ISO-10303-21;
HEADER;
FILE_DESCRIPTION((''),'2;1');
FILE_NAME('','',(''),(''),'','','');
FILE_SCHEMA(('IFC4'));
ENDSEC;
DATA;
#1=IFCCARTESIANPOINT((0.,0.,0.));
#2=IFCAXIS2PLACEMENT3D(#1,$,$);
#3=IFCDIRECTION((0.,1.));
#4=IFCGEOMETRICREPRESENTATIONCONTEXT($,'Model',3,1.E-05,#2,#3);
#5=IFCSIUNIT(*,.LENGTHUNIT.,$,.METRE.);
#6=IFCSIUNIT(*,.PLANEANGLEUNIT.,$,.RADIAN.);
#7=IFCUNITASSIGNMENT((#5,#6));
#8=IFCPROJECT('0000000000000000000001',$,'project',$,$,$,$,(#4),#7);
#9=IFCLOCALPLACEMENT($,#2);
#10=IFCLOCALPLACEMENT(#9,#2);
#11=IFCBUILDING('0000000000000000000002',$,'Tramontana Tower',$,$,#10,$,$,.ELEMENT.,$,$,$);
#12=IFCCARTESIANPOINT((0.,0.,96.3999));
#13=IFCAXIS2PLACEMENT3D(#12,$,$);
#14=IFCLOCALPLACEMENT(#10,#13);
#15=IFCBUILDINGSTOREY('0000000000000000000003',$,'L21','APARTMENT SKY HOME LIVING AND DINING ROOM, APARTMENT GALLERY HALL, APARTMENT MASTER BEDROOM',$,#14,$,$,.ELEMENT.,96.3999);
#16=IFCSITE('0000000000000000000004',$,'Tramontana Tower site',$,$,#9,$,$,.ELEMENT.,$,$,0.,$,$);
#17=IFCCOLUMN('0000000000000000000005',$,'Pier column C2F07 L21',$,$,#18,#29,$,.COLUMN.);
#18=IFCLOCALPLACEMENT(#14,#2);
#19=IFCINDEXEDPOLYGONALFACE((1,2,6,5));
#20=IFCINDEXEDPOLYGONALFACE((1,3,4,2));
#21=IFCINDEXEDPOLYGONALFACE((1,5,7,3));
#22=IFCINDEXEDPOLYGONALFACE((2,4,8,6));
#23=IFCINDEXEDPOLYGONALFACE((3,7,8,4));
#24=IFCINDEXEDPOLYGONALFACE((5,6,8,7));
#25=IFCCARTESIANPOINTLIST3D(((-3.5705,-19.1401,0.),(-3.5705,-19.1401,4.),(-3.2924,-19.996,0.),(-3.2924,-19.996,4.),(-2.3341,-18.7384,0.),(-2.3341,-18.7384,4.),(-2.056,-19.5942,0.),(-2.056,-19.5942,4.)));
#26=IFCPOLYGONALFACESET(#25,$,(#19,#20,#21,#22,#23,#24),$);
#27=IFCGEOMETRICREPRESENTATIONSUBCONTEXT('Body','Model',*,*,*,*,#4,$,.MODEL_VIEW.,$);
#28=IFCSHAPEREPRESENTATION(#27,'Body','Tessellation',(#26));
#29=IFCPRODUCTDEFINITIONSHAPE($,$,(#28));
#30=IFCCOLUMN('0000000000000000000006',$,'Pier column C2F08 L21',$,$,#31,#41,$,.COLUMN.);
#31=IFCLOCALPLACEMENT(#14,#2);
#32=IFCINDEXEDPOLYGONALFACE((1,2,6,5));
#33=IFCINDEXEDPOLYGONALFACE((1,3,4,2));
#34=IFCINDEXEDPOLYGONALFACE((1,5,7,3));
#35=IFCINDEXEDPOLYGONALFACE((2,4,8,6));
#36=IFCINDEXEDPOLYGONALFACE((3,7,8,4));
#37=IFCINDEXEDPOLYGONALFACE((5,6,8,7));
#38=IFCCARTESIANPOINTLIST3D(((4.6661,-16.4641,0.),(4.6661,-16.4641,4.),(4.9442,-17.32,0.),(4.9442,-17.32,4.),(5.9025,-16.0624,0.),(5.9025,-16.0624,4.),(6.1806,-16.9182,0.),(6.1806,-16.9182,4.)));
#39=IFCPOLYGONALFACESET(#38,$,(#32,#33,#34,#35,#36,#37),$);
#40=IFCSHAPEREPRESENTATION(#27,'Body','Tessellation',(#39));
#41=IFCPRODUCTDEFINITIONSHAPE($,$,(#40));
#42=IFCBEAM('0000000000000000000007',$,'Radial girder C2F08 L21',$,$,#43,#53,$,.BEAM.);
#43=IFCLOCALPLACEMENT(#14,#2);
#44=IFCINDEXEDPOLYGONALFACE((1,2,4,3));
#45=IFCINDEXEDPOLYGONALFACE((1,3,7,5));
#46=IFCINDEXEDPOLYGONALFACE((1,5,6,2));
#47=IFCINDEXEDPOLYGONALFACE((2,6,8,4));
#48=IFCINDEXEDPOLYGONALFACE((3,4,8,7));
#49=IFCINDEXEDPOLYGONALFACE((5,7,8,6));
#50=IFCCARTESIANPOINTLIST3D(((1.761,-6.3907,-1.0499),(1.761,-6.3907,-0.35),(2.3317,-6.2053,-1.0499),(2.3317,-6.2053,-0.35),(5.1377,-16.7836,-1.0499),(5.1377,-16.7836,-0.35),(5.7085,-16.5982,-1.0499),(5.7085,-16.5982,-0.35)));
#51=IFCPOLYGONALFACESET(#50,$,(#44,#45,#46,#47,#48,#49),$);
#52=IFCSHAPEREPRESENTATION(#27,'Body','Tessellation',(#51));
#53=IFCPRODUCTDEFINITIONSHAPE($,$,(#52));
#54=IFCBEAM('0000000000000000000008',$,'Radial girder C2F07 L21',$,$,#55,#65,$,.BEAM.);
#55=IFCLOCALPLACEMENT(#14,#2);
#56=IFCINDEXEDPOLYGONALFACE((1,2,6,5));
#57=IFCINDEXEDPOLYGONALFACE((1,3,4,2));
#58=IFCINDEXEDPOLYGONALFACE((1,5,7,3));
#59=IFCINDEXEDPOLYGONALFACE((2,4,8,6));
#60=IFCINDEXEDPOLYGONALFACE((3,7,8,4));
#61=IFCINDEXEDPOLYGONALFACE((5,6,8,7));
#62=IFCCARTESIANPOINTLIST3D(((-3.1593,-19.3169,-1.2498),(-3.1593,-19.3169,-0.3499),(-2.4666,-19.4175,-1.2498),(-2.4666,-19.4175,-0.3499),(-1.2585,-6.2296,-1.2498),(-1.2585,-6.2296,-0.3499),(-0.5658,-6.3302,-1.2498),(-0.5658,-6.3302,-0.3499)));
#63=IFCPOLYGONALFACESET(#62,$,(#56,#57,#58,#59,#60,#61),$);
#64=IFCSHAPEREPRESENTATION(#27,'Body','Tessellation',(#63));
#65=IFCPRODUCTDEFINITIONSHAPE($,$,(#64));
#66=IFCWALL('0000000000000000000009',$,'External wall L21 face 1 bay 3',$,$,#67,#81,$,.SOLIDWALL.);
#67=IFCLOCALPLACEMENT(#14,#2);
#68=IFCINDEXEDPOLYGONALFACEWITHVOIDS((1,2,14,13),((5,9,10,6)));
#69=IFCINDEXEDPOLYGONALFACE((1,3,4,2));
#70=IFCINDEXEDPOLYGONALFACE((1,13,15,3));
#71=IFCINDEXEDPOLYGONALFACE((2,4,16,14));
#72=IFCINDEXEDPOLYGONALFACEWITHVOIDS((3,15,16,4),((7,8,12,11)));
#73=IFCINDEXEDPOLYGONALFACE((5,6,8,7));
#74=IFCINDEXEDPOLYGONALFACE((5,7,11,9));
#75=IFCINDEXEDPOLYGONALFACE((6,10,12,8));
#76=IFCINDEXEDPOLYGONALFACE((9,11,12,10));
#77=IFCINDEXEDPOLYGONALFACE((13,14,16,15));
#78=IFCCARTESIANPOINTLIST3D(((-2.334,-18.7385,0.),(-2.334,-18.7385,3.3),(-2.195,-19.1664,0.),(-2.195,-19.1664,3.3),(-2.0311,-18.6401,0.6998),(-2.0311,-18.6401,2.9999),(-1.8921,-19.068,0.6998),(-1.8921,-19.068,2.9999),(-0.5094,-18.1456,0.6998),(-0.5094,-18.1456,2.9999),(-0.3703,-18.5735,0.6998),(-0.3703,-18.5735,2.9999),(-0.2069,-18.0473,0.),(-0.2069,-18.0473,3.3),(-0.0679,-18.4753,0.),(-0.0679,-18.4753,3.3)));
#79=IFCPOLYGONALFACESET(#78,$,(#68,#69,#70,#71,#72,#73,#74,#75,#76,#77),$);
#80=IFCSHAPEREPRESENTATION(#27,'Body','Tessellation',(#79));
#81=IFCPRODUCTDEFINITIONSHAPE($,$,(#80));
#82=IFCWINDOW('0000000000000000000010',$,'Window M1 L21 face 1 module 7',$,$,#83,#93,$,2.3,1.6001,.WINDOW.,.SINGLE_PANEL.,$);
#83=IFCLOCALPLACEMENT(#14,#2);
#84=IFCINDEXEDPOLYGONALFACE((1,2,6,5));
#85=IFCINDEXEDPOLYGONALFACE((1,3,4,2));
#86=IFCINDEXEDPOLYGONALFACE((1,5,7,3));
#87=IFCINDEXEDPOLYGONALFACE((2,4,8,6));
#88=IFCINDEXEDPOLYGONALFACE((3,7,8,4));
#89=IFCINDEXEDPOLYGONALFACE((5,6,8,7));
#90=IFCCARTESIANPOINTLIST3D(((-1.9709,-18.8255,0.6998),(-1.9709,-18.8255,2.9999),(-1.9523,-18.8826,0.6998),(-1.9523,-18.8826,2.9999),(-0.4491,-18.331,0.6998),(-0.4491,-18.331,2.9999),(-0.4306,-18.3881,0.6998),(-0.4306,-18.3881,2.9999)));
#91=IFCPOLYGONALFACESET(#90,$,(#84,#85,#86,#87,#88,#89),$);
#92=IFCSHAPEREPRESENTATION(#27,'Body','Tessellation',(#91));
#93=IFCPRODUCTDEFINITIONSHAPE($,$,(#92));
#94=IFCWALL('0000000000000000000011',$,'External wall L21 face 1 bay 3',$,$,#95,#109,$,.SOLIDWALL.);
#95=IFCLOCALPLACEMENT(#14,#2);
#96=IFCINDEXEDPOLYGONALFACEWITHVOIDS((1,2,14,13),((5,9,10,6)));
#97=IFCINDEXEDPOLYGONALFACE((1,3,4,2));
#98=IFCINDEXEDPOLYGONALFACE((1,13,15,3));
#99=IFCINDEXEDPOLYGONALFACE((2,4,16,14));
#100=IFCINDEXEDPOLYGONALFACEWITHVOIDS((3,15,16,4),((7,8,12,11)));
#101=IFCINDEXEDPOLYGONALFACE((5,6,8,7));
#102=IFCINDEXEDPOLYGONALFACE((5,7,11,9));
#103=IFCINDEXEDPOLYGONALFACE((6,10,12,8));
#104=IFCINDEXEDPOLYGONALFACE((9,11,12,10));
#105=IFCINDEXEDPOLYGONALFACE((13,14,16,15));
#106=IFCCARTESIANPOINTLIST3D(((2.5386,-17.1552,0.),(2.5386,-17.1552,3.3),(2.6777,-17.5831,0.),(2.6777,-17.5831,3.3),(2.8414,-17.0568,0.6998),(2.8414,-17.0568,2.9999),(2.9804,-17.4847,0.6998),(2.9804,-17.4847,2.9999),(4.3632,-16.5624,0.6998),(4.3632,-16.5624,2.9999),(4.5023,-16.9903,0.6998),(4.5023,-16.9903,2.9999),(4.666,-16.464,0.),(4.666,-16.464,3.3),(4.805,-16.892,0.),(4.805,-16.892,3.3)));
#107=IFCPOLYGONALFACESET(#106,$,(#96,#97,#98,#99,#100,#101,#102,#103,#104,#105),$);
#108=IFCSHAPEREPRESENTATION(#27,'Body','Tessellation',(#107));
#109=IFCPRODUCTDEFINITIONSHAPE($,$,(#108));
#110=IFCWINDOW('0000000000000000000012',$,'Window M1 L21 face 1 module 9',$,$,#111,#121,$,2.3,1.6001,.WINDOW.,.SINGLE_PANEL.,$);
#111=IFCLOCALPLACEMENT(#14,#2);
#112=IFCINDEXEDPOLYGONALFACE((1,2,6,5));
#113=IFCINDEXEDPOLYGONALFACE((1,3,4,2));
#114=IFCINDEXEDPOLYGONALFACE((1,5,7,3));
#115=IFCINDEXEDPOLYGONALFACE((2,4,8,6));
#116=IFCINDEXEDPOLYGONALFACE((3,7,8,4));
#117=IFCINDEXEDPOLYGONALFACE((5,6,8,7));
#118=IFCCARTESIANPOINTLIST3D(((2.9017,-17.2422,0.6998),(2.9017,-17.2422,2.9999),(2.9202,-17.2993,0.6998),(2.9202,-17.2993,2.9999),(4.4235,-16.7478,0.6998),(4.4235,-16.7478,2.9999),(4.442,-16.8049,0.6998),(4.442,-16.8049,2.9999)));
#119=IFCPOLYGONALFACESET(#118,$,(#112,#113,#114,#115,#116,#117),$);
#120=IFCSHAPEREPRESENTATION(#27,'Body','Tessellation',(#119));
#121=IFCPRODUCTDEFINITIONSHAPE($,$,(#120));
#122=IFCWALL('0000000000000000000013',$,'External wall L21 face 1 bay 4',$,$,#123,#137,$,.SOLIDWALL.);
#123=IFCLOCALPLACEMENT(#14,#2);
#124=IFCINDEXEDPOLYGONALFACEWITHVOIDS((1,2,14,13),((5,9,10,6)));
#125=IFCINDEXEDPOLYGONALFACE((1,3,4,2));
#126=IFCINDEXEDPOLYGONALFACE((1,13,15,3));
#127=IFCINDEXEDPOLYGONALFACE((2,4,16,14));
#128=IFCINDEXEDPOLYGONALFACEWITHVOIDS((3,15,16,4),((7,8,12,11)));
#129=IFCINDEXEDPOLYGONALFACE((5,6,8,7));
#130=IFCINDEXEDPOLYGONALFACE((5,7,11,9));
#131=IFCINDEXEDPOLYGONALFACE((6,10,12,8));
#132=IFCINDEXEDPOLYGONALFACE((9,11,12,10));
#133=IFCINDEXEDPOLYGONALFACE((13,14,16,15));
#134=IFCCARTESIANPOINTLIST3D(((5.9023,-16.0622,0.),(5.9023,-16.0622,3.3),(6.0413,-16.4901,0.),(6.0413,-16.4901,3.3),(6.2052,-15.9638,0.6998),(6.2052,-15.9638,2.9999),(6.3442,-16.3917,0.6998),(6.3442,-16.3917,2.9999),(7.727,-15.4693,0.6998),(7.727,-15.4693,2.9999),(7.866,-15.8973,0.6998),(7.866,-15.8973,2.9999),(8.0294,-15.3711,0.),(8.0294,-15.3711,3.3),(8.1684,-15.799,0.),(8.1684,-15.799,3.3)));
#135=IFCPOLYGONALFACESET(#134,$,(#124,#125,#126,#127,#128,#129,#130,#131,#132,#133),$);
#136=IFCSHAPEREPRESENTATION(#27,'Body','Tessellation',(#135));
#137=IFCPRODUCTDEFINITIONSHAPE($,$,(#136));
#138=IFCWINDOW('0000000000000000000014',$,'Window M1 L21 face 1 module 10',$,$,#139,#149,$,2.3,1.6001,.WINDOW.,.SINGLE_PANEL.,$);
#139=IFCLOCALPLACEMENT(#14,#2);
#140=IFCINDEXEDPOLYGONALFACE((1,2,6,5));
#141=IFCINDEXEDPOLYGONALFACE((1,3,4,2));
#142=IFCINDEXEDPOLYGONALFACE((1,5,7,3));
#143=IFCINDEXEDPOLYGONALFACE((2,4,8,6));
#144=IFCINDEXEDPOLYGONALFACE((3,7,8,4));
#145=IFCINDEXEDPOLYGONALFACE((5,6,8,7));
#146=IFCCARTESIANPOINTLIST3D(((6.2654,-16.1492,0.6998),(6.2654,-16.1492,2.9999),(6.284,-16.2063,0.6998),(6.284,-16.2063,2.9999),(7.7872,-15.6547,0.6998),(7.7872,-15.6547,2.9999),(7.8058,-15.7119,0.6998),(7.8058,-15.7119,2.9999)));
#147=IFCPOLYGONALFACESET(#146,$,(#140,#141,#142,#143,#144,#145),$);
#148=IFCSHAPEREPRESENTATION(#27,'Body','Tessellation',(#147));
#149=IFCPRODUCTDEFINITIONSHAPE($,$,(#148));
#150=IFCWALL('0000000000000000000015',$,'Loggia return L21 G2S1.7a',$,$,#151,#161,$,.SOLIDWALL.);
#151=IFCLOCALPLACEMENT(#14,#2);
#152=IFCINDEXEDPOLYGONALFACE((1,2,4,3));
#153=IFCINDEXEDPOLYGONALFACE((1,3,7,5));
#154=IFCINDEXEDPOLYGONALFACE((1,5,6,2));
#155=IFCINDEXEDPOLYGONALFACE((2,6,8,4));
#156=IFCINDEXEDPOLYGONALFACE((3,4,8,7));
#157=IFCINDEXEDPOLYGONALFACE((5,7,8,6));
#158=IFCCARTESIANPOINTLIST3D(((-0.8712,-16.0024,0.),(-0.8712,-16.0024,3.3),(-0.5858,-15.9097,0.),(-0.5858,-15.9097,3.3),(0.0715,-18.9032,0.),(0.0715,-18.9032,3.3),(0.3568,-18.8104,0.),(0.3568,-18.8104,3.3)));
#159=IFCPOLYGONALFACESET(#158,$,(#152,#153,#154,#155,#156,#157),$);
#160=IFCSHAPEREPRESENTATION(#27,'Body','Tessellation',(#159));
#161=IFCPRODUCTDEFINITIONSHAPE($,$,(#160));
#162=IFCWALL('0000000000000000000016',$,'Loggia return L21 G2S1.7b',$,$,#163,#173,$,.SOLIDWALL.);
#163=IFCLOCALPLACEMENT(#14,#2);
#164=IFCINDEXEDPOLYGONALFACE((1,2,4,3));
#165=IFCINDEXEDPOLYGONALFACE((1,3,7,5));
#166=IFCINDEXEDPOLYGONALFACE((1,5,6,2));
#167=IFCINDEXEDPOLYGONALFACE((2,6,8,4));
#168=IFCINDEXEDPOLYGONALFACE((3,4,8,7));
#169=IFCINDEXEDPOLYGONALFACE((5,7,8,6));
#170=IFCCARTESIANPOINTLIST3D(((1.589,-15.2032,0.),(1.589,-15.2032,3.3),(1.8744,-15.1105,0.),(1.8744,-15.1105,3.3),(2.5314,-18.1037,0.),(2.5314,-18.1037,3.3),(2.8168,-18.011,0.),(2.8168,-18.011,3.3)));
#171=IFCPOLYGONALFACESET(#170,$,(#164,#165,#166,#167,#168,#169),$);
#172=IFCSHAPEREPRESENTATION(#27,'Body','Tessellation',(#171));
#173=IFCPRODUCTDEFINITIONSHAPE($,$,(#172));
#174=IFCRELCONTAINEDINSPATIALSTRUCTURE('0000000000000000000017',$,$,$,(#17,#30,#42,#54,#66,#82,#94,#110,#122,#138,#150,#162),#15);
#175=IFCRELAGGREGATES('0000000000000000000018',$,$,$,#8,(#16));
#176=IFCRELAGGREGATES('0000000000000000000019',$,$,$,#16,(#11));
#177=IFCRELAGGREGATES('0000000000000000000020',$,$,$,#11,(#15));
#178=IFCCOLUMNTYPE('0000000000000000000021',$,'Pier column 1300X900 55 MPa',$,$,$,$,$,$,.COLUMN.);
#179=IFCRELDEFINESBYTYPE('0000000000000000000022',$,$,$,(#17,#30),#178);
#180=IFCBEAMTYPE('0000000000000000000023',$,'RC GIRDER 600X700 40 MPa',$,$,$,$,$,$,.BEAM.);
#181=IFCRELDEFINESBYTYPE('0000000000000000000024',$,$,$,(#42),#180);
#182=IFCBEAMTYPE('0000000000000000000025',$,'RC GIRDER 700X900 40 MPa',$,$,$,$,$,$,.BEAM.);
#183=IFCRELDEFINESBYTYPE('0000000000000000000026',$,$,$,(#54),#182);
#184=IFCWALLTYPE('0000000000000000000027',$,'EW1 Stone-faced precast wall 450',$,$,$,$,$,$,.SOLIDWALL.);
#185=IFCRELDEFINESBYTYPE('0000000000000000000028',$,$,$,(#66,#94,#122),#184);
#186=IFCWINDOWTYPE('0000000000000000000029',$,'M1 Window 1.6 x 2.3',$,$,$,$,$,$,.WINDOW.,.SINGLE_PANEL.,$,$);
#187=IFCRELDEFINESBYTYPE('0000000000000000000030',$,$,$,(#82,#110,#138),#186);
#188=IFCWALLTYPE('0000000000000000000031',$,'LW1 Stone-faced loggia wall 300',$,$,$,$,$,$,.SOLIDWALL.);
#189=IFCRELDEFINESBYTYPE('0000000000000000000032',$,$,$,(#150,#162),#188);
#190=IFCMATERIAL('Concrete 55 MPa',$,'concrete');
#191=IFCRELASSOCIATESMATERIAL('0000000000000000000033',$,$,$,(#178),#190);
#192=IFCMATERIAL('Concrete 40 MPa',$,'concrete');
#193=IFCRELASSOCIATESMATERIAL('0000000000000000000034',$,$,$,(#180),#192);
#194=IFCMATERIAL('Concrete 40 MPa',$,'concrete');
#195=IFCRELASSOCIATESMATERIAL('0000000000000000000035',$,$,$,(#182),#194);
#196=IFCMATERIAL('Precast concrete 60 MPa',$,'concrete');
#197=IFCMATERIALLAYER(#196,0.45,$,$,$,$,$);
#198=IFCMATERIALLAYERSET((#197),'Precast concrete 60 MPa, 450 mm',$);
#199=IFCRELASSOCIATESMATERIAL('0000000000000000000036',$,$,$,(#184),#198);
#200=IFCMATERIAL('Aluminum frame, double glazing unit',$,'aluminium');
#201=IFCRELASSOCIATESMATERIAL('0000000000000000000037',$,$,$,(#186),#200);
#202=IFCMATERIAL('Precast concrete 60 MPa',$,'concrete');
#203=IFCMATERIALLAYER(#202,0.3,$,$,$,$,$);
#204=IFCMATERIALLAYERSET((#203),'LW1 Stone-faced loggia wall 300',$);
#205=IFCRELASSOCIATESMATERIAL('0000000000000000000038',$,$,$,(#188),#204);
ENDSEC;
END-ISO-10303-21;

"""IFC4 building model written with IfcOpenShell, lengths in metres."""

from ifc_helpers import new_model, si_unit, direction, frame, frame_2d, origin, origin_2d, place, context, subcontext, project, spatial, rectangle, extrude, material, layer, layer_set, material_profile, profile_set, type_object, element, fill, save


model = new_model("IFC4")

# Units and contexts
model_context = context("Model", 3, precision=1e-05, world=origin(), true_north=direction((0.0, 1.0)))
body_context = subcontext(model_context, "Body", "Model", "MODEL_VIEW")
ifc_project = project(units=[si_unit("LENGTHUNIT", "METRE"), si_unit("PLANEANGLEUNIT", "RADIAN")], contexts=[model_context])

# Site, building, storey
site_placement = place(None, origin())
site = spatial("IfcSite", under=ifc_project, at=site_placement, Name="Tramontana Tower site", CompositionType="ELEMENT", RefElevation=0.0)
building_placement = place(site_placement, origin())
building = spatial("IfcBuilding", under=site, at=building_placement, Name="Tramontana Tower", CompositionType="ELEMENT")
storey_placement = place(building_placement, frame((0.0, 0.0, 96.3999)))
storey = spatial("IfcBuildingStorey", under=building, at=storey_placement, Name="L21", Description="APARTMENT SKY HOME LIVING AND DINING ROOM, APARTMENT GALLERY HALL, APARTMENT MASTER BEDROOM", CompositionType="ELEMENT", Elevation=96.3999)

# Columns
ifc_material_1 = material(Name="Concrete 55 MPa", Category="concrete")
ifc_material_profile_1 = material_profile(ifc_material_1, rectangle(XDim=1.3, YDim=0.8999, at=origin_2d()), Name="Pier column 1300X900 55 MPa")
ifc_profile_set_1 = profile_set([ifc_material_profile_1], Name="Concrete 55 MPa")
column_type = type_object("IfcColumnType", Name="Pier column 1300X900 55 MPa", PredefinedType="COLUMN", material=ifc_profile_set_1)
for number, where, z_axis, x_axis, name in (
    (1, (-2.8132, -19.3672, 0.0), (0.0, 0.0, 1.0), (0.951057, 0.309017, 0.0), "Pier column C2F07 L21"),
    (2, (5.4233, -16.6912, 0.0), (0.0, 0.0, 1.0), (0.951057, 0.309017, 0.0), "Pier column C2F08 L21"),
):
    element("IfcColumn", number, at=place(storey_placement, frame(where, z_axis=z_axis, x_axis=x_axis)), inside=storey, type_object=column_type, Name=name, PredefinedType="COLUMN", context=body_context, shape_type="SweptSolid", body=[
        extrude(rectangle(XDim=1.3, YDim=0.8999, at=origin_2d()), origin(), (0.0, 0.0, 1.0), 4.0),
    ])

# Beams
ifc_material_2 = material(Name="Concrete 40 MPa", Category="concrete")
ifc_material_profile_2 = material_profile(ifc_material_2, rectangle(XDim=0.6001, YDim=0.7, at=origin_2d()), Name="RC GIRDER 600X700 40 MPa")
ifc_profile_set_2 = profile_set([ifc_material_profile_2], Name="Concrete 40 MPa")
beam_type_1 = type_object("IfcBeamType", Name="RC GIRDER 600X700 40 MPa", PredefinedType="BEAM", material=ifc_profile_set_2)
beam_1_placement = place(storey_placement, frame((5.4231, -16.6909, -0.7), z_axis=(-0.309007, 0.95106, 0.0), x_axis=(-0.95106, -0.309007, 0.0)))
element("IfcBeam", 3, at=beam_1_placement, inside=storey, type_object=beam_type_1, Name="Radial girder C2F08 L21", PredefinedType="BEAM", context=body_context, shape_type="SweptSolid", body=[
    extrude(rectangle(XDim=0.6001, YDim=0.7, at=origin_2d()), origin(), (0.0, 0.0, 1.0), 10.9277),
])
ifc_material_3 = material(Name="Concrete 40 MPa", Category="concrete")
ifc_material_profile_3 = material_profile(ifc_material_3, rectangle(XDim=0.7, YDim=0.8999, at=origin_2d()), Name="RC GIRDER 700X900 40 MPa")
ifc_profile_set_3 = profile_set([ifc_material_profile_3], Name="Concrete 40 MPa")
beam_type_2 = type_object("IfcBeamType", Name="RC GIRDER 700X900 40 MPa", PredefinedType="BEAM", material=ifc_profile_set_3)
beam_2_placement = place(storey_placement, frame((-2.813, -19.3672, -0.7998), z_axis=(0.143737, 0.989616, 0.0), x_axis=(-0.989616, 0.143737, 0.0)))
element("IfcBeam", 4, at=beam_2_placement, inside=storey, type_object=beam_type_2, Name="Radial girder C2F07 L21", PredefinedType="BEAM", context=body_context, shape_type="SweptSolid", body=[
    extrude(rectangle(XDim=0.7, YDim=0.8999, at=origin_2d()), origin(), (0.0, 0.0, 1.0), 13.2246),
])

# Walls, openings, windows
ifc_material_4 = material(Name="Precast concrete 60 MPa", Category="concrete")
ifc_layer_1 = layer(ifc_material_4, 0.45)
ifc_layer_set_1 = layer_set([ifc_layer_1], Name="Precast concrete 60 MPa, 450 mm")
wall_type_1 = type_object("IfcWallType", Name="EW1 Stone-faced precast wall 450", PredefinedType="SOLIDWALL", material=ifc_layer_set_1)
wall_1_placement = place(storey_placement, frame((-2.2644, -18.9524, 0.0), z_axis=(0.0, 0.0, 1.0), x_axis=(0.951057, 0.309014, 0.0)))
wall_1 = element("IfcWall", 5, at=wall_1_placement, inside=storey, type_object=wall_type_1, Name="External wall L21 face 1 bay 3", PredefinedType="SOLIDWALL", context=body_context, shape_type="SweptSolid", body=[
    extrude(rectangle(XDim=2.2366, YDim=0.45, at=frame_2d((1.1182, 0.0))), origin(), (0.0, 0.0, 1.0), 3.3),
])
opening_1_placement = place(wall_1_placement, frame((0.3184, 0.0, 0.7)))
opening_1 = element("IfcOpeningElement", 6, at=opening_1_placement, cuts=wall_1, PredefinedType="OPENING", context=body_context, shape_type="SweptSolid", body=[
    extrude(rectangle(XDim=1.6001, YDim=2.3, at=frame_2d((0.8, 1.1499))), frame((0.0, 0.2349, 0.0), z_axis=(0.0, -1.0, 0.0), x_axis=(1.0, 0.0, 0.0)), (0.0, 0.0, 1.0), 0.47),
])
ifc_material_5 = material(Name="Aluminum frame, double glazing unit", Category="aluminium")
window_type = type_object("IfcWindowType", Name="M1 Window 1.6 x 2.3", PartitioningType="SINGLE_PANEL", PredefinedType="WINDOW", material=ifc_material_5)
window_1_placement = place(opening_1_placement, origin())
window_1 = element("IfcWindow", 7, at=window_1_placement, inside=storey, type_object=window_type, Name="Window M1 L21 face 1 module 7", OverallHeight=2.3, OverallWidth=1.6001, PartitioningType="SINGLE_PANEL", PredefinedType="WINDOW", context=body_context, shape_type="SweptSolid", body=[
    extrude(rectangle(XDim=1.6001, YDim=2.3, at=frame_2d((0.8, 1.1499))), frame((0.0, 0.03, 0.0), z_axis=(0.0, -1.0, 0.0), x_axis=(1.0, 0.0, 0.0)), (0.0, 0.0, 1.0), 0.0601),
])
fill(opening_1, window_1)
wall_2_placement = place(storey_placement, frame((2.6082, -17.3691, 0.0), z_axis=(0.0, 0.0, 1.0), x_axis=(0.951068, 0.308982, 0.0)))
wall_2 = element("IfcWall", 8, at=wall_2_placement, inside=storey, type_object=wall_type_1, Name="External wall L21 face 1 bay 3", PredefinedType="SOLIDWALL", context=body_context, shape_type="SweptSolid", body=[
    extrude(rectangle(XDim=2.2368, YDim=0.45, at=frame_2d((1.1184, 0.0))), origin(), (0.0, 0.0, 1.0), 3.3),
])
opening_2_placement = place(wall_2_placement, frame((0.3184, 0.0, 0.7)))
opening_2 = element("IfcOpeningElement", 9, at=opening_2_placement, cuts=wall_2, PredefinedType="OPENING", context=body_context, shape_type="SweptSolid", body=[
    extrude(rectangle(XDim=1.6001, YDim=2.3, at=frame_2d((0.8, 1.1499))), frame((0.0, 0.2349, 0.0), z_axis=(0.0, -1.0, 0.0), x_axis=(1.0, 0.0, 0.0)), (0.0, 0.0, 1.0), 0.47),
])
window_2_placement = place(opening_2_placement, origin())
window_2 = element("IfcWindow", 10, at=window_2_placement, inside=storey, type_object=window_type, Name="Window M1 L21 face 1 module 9", OverallHeight=2.3, OverallWidth=1.6001, PartitioningType="SINGLE_PANEL", PredefinedType="WINDOW", context=body_context, shape_type="SweptSolid", body=[
    extrude(rectangle(XDim=1.6001, YDim=2.3, at=frame_2d((0.8, 1.1499))), frame((0.0, 0.03, 0.0), z_axis=(0.0, -1.0, 0.0), x_axis=(1.0, 0.0, 0.0)), (0.0, 0.0, 1.0), 0.0601),
])
fill(opening_2, window_2)
wall_3_placement = place(storey_placement, frame((5.9719, -16.2761, 0.0), z_axis=(0.0, 0.0, 1.0), x_axis=(0.951057, 0.309014, 0.0)))
wall_3 = element("IfcWall", 11, at=wall_3_placement, inside=storey, type_object=wall_type_1, Name="External wall L21 face 1 bay 4", PredefinedType="SOLIDWALL", context=body_context, shape_type="SweptSolid", body=[
    extrude(rectangle(XDim=2.2366, YDim=0.45, at=frame_2d((1.1182, 0.0))), origin(), (0.0, 0.0, 1.0), 3.3),
])
opening_3_placement = place(wall_3_placement, frame((0.3184, 0.0, 0.7)))
opening_3 = element("IfcOpeningElement", 12, at=opening_3_placement, cuts=wall_3, PredefinedType="OPENING", context=body_context, shape_type="SweptSolid", body=[
    extrude(rectangle(XDim=1.6001, YDim=2.3, at=frame_2d((0.8, 1.1499))), frame((0.0, 0.2349, 0.0), z_axis=(0.0, -1.0, 0.0), x_axis=(1.0, 0.0, 0.0)), (0.0, 0.0, 1.0), 0.47),
])
window_3_placement = place(opening_3_placement, origin())
window_3 = element("IfcWindow", 13, at=window_3_placement, inside=storey, type_object=window_type, Name="Window M1 L21 face 1 module 10", OverallHeight=2.3, OverallWidth=1.6001, PartitioningType="SINGLE_PANEL", PredefinedType="WINDOW", context=body_context, shape_type="SweptSolid", body=[
    extrude(rectangle(XDim=1.6001, YDim=2.3, at=frame_2d((0.8, 1.1499))), frame((0.0, 0.03, 0.0), z_axis=(0.0, -1.0, 0.0), x_axis=(1.0, 0.0, 0.0)), (0.0, 0.0, 1.0), 0.0601),
])
fill(opening_3, window_3)

# Shared definitions
ifc_material_6 = material(Name="Precast concrete 60 MPa", Category="concrete")
ifc_layer_2 = layer(ifc_material_6, 0.3)
ifc_layer_set_2 = layer_set([ifc_layer_2], Name="LW1 Stone-faced loggia wall 300")
wall_type_2 = type_object("IfcWallType", Name="LW1 Stone-faced loggia wall 300", PredefinedType="SOLIDWALL", material=ifc_layer_set_2)

# Walls
wall_4_placement = place(storey_placement, frame((0.2141, -18.8567, 0.0), z_axis=(0.0, 0.0, 1.0), x_axis=(-0.309063, 0.951042, 0.0)))
element("IfcWall", 14, at=wall_4_placement, inside=storey, type_object=wall_type_2, Name="Loggia return L21 G2S1.7a", PredefinedType="SOLIDWALL", context=body_context, shape_type="SweptSolid", body=[
    extrude(rectangle(XDim=3.05, YDim=0.3, at=frame_2d((1.5249, 0.0))), origin(), (0.0, 0.0, 1.0), 3.3),
])
wall_5_placement = place(storey_placement, frame((2.6741, -18.0574, 0.0), z_axis=(0.0, 0.0, 1.0), x_axis=(-0.30899, 0.951065, 0.0)))
element("IfcWall", 15, at=wall_5_placement, inside=storey, type_object=wall_type_2, Name="Loggia return L21 G2S1.7b", PredefinedType="SOLIDWALL", context=body_context, shape_type="SweptSolid", body=[
    extrude(rectangle(XDim=3.0498, YDim=0.3, at=frame_2d((1.5249, 0.0))), origin(), (0.0, 0.0, 1.0), 3.3),
])

save(model, "model.ifc")
